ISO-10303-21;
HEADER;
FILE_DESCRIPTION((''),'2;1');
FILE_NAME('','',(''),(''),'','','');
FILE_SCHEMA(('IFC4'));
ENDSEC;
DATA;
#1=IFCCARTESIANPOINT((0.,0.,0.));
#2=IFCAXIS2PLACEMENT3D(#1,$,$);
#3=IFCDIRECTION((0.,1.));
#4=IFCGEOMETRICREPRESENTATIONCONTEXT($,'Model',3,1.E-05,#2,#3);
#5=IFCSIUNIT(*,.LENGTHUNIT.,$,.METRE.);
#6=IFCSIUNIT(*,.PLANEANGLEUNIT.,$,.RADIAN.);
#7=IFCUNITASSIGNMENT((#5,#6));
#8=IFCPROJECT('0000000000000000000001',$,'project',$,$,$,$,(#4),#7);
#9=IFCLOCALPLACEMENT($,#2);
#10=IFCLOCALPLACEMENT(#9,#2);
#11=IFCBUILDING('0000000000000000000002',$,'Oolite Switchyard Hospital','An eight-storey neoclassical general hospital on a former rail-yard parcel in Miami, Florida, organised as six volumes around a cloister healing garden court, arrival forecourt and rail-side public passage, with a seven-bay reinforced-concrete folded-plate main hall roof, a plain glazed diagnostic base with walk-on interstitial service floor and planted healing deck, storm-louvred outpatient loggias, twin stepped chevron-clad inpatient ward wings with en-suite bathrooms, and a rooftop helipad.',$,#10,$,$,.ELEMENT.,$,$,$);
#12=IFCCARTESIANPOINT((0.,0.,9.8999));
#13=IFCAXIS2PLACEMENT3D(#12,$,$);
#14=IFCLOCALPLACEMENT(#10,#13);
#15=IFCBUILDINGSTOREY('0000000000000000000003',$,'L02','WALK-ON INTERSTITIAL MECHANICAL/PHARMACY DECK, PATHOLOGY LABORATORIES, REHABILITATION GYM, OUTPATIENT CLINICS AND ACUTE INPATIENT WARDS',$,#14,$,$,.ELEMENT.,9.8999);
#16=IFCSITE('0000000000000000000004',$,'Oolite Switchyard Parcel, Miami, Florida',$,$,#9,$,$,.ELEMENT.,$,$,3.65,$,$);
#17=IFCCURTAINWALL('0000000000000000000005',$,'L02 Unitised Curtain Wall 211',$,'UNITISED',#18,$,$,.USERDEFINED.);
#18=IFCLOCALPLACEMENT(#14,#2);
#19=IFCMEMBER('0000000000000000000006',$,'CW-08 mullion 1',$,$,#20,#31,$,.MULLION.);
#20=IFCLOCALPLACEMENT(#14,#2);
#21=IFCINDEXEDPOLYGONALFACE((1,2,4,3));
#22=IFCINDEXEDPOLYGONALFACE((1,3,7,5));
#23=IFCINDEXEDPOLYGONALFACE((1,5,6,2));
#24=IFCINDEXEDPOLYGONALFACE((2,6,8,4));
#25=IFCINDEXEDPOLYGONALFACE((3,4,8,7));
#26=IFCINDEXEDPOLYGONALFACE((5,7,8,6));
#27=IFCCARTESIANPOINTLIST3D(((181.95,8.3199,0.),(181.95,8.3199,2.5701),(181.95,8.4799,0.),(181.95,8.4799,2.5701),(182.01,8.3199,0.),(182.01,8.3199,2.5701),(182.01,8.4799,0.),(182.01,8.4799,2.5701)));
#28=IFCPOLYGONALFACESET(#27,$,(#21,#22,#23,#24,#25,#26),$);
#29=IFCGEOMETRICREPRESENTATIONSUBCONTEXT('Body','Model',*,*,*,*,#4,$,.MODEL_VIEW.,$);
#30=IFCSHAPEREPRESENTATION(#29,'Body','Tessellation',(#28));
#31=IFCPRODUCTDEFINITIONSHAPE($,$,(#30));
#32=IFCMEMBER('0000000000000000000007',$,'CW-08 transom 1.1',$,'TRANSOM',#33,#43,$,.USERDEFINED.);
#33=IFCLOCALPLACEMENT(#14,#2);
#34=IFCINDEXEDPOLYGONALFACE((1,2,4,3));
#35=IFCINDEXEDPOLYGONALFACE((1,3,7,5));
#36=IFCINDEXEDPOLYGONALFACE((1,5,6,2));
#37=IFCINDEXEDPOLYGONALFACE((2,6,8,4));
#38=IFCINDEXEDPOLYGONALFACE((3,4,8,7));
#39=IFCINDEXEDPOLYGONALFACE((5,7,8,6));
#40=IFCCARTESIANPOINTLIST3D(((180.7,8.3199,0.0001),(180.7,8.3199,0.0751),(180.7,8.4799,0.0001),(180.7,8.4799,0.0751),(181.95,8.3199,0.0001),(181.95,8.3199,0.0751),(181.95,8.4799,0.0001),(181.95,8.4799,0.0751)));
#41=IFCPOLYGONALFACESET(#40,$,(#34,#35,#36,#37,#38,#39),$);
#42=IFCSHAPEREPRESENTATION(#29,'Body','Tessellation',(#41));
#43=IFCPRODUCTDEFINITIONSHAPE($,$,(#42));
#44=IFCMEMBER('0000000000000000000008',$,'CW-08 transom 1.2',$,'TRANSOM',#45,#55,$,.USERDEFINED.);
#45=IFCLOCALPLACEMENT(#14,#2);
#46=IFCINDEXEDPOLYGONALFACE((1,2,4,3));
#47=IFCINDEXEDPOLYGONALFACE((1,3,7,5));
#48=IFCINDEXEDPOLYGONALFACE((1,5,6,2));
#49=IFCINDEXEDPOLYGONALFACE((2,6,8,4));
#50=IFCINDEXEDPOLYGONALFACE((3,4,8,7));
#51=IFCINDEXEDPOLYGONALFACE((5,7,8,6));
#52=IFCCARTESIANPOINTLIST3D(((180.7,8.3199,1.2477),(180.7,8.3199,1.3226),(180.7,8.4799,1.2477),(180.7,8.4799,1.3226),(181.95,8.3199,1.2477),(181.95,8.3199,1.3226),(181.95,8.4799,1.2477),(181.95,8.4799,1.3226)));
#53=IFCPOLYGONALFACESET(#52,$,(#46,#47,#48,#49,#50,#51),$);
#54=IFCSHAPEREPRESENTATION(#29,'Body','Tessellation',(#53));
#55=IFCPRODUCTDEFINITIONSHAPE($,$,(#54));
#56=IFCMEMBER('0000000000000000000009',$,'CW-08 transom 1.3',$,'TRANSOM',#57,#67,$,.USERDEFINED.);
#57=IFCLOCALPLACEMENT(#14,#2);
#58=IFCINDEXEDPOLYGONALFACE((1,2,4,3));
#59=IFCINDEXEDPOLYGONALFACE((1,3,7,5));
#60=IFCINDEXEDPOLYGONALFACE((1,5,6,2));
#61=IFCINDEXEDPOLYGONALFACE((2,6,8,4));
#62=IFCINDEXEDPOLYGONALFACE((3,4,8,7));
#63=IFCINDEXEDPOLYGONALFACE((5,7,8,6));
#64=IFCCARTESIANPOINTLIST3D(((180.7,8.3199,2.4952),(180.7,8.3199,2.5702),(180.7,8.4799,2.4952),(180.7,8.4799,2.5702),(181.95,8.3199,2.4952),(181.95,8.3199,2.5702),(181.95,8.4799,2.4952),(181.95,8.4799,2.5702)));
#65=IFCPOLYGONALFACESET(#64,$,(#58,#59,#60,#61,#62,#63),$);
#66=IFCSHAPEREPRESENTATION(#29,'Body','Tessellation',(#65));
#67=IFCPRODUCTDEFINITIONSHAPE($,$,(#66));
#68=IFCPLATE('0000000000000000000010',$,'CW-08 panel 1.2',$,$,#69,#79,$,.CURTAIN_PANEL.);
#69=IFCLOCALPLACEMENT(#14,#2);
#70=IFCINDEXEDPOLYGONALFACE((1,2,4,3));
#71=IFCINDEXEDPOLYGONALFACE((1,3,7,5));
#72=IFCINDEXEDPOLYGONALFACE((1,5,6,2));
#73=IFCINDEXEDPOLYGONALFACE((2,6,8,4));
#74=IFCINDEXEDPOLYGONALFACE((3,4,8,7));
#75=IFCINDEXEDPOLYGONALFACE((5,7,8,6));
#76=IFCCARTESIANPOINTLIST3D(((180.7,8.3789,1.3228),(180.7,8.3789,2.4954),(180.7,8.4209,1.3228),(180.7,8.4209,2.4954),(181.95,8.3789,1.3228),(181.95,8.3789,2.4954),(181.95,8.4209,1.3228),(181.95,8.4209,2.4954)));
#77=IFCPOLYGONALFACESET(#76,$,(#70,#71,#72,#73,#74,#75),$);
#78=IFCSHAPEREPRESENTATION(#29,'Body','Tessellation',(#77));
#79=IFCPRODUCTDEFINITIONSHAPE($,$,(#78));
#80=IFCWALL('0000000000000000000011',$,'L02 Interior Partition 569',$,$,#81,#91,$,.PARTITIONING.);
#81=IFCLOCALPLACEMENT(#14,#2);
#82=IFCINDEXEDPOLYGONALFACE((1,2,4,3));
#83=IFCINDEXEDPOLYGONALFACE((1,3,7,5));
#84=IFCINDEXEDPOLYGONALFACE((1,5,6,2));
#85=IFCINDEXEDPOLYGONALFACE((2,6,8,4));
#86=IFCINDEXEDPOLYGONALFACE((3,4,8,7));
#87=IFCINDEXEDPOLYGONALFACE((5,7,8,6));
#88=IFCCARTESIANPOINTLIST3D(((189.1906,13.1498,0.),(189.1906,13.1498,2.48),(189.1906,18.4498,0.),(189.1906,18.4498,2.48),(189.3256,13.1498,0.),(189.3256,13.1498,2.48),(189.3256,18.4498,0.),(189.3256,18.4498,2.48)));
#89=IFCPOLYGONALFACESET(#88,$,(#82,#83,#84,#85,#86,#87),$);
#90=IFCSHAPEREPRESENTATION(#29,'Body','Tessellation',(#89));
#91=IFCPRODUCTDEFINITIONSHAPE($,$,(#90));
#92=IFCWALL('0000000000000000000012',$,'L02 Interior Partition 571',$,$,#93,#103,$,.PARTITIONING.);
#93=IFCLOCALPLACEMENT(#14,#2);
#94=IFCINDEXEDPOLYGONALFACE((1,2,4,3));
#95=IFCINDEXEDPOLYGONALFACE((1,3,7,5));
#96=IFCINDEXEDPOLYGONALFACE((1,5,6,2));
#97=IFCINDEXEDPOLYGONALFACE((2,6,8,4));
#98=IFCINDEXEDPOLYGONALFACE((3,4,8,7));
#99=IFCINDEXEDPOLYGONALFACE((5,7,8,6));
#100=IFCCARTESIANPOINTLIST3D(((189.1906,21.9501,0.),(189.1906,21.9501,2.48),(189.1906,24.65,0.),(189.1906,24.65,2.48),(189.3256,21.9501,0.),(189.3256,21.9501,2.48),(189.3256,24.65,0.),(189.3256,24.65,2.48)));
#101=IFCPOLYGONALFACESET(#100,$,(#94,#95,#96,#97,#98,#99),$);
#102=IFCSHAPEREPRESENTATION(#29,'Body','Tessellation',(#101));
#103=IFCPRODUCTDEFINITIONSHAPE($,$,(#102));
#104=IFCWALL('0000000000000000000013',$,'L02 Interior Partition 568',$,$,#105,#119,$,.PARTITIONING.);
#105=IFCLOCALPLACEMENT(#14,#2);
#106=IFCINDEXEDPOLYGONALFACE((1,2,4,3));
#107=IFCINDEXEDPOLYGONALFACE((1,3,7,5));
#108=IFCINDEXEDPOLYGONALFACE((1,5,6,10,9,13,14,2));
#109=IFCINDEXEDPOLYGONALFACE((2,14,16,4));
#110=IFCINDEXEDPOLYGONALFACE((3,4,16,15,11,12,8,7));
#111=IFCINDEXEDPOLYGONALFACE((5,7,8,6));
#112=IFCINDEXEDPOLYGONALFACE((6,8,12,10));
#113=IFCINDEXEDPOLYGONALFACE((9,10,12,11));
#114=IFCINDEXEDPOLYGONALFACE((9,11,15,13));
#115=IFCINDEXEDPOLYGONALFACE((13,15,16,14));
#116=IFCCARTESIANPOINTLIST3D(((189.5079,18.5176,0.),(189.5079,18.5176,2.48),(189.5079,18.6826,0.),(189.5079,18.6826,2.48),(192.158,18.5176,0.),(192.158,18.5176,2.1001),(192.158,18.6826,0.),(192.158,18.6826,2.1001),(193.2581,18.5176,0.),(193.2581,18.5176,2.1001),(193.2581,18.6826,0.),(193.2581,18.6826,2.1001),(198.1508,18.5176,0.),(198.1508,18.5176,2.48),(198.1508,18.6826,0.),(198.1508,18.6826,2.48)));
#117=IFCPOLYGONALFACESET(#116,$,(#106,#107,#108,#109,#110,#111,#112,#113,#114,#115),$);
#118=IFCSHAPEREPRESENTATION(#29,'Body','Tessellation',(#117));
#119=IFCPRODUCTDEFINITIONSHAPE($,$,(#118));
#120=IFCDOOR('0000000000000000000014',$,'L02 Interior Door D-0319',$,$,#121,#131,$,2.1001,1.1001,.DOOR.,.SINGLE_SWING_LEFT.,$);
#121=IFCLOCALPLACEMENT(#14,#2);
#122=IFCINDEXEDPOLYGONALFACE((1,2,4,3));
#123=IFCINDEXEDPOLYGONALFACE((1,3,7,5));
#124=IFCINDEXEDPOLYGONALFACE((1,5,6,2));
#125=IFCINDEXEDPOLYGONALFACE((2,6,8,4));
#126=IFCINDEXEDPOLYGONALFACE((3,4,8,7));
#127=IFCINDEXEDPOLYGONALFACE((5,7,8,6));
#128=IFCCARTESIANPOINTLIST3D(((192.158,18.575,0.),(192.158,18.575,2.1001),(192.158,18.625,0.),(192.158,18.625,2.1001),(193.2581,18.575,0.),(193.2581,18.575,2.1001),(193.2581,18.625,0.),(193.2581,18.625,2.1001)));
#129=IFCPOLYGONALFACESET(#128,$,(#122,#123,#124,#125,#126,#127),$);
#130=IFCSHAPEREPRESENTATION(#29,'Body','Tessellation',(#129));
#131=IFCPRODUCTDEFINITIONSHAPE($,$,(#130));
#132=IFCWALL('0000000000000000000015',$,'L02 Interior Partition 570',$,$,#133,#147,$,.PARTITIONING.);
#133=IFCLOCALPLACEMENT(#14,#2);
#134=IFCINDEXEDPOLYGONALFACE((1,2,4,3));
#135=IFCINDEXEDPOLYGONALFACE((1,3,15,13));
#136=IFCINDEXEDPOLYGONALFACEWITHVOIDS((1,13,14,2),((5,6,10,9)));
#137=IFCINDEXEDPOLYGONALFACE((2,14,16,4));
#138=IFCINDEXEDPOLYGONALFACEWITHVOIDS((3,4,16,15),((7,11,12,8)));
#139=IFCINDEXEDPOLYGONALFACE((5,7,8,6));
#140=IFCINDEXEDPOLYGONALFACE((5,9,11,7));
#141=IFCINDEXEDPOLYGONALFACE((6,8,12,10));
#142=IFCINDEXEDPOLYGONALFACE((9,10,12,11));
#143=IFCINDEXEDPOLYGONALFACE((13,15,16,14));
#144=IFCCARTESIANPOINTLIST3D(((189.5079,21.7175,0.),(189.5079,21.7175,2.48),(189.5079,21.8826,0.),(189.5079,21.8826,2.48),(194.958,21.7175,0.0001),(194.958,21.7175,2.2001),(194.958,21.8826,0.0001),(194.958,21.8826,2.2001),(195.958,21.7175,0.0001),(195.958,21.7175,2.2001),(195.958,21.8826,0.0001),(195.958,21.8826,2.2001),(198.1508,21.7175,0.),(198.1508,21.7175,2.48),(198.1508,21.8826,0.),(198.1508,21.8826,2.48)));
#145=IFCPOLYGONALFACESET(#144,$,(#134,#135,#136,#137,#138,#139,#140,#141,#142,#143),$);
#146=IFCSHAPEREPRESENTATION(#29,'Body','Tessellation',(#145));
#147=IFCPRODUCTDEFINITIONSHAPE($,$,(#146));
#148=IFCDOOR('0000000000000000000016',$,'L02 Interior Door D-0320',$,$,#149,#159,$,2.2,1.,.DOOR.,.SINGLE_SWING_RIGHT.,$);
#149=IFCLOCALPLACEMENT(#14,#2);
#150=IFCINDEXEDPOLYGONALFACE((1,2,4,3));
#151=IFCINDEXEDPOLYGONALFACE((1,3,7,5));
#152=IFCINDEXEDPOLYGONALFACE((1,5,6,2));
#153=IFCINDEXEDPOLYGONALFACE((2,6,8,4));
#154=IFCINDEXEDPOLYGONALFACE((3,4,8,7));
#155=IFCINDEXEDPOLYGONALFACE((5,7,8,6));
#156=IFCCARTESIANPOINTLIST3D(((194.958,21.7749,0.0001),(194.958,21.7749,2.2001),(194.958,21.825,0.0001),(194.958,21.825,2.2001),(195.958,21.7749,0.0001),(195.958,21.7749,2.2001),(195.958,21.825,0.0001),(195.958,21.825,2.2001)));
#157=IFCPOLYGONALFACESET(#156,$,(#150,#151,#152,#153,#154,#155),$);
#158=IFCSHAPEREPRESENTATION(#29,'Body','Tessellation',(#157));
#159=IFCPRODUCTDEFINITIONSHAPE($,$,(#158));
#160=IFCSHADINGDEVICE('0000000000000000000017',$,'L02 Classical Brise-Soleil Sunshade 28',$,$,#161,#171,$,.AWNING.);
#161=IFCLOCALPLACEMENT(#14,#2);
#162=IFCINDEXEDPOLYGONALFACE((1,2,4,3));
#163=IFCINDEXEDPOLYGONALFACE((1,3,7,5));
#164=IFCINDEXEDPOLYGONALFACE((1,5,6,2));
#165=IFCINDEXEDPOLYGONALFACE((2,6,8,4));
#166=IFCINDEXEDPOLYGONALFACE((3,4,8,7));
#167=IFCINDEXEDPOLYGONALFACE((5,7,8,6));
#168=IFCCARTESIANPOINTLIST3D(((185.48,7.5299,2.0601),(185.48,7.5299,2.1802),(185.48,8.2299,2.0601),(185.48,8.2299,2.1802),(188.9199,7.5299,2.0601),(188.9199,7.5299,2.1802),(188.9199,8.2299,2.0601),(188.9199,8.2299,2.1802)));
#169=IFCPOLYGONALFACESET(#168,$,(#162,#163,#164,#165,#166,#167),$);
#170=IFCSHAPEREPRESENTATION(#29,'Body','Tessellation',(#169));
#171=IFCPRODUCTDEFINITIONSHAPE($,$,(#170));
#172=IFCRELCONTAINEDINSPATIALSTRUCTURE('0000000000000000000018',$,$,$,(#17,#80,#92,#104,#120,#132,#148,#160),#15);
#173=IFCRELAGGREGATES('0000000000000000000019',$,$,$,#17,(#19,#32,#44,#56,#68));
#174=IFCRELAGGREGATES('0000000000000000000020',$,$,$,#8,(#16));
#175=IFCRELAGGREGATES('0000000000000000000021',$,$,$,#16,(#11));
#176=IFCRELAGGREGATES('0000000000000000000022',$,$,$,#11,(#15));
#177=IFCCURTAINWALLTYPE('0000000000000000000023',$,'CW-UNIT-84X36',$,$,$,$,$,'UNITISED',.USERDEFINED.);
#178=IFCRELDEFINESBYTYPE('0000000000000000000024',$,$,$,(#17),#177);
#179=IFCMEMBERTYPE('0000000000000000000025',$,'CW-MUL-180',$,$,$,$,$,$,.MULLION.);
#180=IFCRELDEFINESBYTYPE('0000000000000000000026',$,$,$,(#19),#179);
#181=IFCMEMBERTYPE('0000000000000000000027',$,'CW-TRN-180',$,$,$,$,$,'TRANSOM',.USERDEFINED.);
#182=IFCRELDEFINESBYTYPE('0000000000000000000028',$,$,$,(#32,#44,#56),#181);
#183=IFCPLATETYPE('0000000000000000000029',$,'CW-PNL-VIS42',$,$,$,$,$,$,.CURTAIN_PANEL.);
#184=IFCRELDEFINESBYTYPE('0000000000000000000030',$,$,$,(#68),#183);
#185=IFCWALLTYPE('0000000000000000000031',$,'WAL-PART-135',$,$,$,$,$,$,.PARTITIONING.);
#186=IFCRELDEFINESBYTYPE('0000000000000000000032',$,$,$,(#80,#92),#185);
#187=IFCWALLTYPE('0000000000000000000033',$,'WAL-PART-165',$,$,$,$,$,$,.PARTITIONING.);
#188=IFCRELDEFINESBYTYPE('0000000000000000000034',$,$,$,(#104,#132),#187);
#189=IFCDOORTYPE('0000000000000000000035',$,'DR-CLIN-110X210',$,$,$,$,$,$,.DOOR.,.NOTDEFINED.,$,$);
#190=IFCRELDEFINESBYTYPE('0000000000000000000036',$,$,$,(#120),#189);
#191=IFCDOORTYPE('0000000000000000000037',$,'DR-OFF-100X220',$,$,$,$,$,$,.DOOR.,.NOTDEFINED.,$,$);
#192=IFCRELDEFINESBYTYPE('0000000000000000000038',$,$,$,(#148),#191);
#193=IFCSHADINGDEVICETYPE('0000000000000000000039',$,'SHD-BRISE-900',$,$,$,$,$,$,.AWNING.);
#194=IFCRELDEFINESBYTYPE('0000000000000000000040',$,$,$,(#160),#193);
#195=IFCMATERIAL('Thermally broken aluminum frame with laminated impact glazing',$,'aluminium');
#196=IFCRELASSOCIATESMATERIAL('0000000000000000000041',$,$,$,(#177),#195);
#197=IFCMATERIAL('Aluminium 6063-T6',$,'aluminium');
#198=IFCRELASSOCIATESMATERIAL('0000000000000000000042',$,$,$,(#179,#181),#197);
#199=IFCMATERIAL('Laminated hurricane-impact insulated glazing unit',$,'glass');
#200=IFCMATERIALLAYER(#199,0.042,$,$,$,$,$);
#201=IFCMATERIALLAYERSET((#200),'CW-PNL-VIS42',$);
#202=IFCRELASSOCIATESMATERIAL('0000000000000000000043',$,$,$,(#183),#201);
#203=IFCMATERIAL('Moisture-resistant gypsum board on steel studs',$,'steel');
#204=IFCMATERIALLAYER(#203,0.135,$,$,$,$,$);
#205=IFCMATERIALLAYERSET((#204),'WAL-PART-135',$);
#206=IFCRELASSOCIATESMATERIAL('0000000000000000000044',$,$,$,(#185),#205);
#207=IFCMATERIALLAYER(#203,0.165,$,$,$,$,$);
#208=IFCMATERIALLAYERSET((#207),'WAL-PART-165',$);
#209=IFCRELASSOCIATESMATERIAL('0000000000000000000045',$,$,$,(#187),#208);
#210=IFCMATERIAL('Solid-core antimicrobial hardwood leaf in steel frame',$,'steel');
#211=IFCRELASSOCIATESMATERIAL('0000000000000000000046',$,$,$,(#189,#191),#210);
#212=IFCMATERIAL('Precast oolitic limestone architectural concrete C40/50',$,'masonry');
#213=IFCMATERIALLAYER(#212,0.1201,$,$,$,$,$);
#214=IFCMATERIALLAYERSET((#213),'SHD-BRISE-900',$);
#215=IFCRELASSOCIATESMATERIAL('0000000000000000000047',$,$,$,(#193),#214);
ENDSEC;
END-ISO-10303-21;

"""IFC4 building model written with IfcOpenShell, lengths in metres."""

from ifc_helpers import new_model, si_unit, direction, frame, frame_2d, origin, origin_2d, place, context, subcontext, project, spatial, rectangle, extrude, material, layer, layer_set, material_profile, profile_set, type_object, element, fill, aggregate, save


model = new_model("IFC4")

# Units and contexts
model_context = context("Model", 3, precision=1e-05, world=origin(), true_north=direction((0.0, 1.0)))
body_context = subcontext(model_context, "Body", "Model", "MODEL_VIEW")
ifc_project = project(units=[si_unit("LENGTHUNIT", "METRE"), si_unit("PLANEANGLEUNIT", "RADIAN")], contexts=[model_context])

# Site, building, storey
site_placement = place(None, origin())
site = spatial("IfcSite", under=ifc_project, at=site_placement, Name="Oolite Switchyard Parcel, Miami, Florida", CompositionType="ELEMENT", RefElevation=3.65)
building_placement = place(site_placement, origin())
building = spatial("IfcBuilding", under=site, at=building_placement, Name="Oolite Switchyard Hospital", Description="An eight-storey neoclassical general hospital on a former rail-yard parcel in Miami, Florida, organised as six volumes around a cloister healing garden court, arrival forecourt and rail-side public passage, with a seven-bay reinforced-concrete folded-plate main hall roof, a plain glazed diagnostic base with walk-on interstitial service floor and planted healing deck, storm-louvred outpatient loggias, twin stepped chevron-clad inpatient ward wings with en-suite bathrooms, and a rooftop helipad.", CompositionType="ELEMENT")
storey_placement = place(building_placement, frame((0.0, 0.0, 9.8999)))
storey = spatial("IfcBuildingStorey", under=building, at=storey_placement, Name="L02", Description="WALK-ON INTERSTITIAL MECHANICAL/PHARMACY DECK, PATHOLOGY LABORATORIES, REHABILITATION GYM, OUTPATIENT CLINICS AND ACUTE INPATIENT WARDS", CompositionType="ELEMENT", Elevation=9.8999)

# Curtain wall, members, plate
ifc_material_1 = material(Name="Thermally broken aluminum frame with laminated impact glazing", Category="aluminium")
curtain_wall_type = type_object("IfcCurtainWallType", Name="CW-UNIT-84X36", ElementType="UNITISED", PredefinedType="USERDEFINED", material=ifc_material_1)
curtain_wall_placement = place(storey_placement, origin())
curtain_wall = element("IfcCurtainWall", 1, at=curtain_wall_placement, inside=storey, type_object=curtain_wall_type, Name="L02 Unitised Curtain Wall 211", ObjectType="UNITISED", PredefinedType="USERDEFINED")
ifc_material_2 = material(Name="Aluminium 6063-T6", Category="aluminium")
ifc_material_profile_1 = material_profile(ifc_material_2, rectangle(XDim=0.1599, YDim=0.0601, at=origin_2d()), Name="CWM60X160")
ifc_profile_set_1 = profile_set([ifc_material_profile_1], Name="Aluminium 6063-T6")
member_type_1 = type_object("IfcMemberType", Name="CW-MUL-180", PredefinedType="MULLION", material=ifc_profile_set_1)
member_1_placement = place(storey_placement, frame((181.98, 8.3999, 0.0), z_axis=(0.0, 0.0, 1.0), x_axis=(0.0, -1.0, 0.0)))
member_1 = element("IfcMember", 2, at=member_1_placement, type_object=member_type_1, Name="CW-08 mullion 1", PredefinedType="MULLION", context=body_context, shape_type="SweptSolid", body=[
    extrude(rectangle(XDim=0.1599, YDim=0.0601, at=origin_2d()), origin(), (0.0, 0.0, 1.0), 2.5701),
])
ifc_material_profile_2 = material_profile(ifc_material_2, rectangle(XDim=0.1599, YDim=0.075, at=origin_2d()), Name="CWT75X160")
ifc_profile_set_2 = profile_set([ifc_material_profile_2], Name="Aluminium 6063-T6")
member_type_2 = type_object("IfcMemberType", Name="CW-TRN-180", ElementType="TRANSOM", PredefinedType="USERDEFINED", material=ifc_profile_set_2)
member_2_placement = place(storey_placement, frame((181.95, 8.3999, 0.0376), z_axis=(-1.0, 0.0, 0.0), x_axis=(0.0, -1.0, 0.0)))
member_2 = element("IfcMember", 3, at=member_2_placement, type_object=member_type_2, Name="CW-08 transom 1.1", ObjectType="TRANSOM", PredefinedType="USERDEFINED", context=body_context, shape_type="SweptSolid", body=[
    extrude(rectangle(XDim=0.1599, YDim=0.075, at=origin_2d()), origin(), (0.0, 0.0, 1.0), 1.25),
])
member_3_placement = place(storey_placement, frame((181.95, 8.3999, 1.2852), z_axis=(-1.0, 0.0, 0.0), x_axis=(0.0, -1.0, 0.0)))
member_3 = element("IfcMember", 4, at=member_3_placement, type_object=member_type_2, Name="CW-08 transom 1.2", ObjectType="TRANSOM", PredefinedType="USERDEFINED", context=body_context, shape_type="SweptSolid", body=[
    extrude(rectangle(XDim=0.1599, YDim=0.075, at=origin_2d()), origin(), (0.0, 0.0, 1.0), 1.25),
])
member_4_placement = place(storey_placement, frame((181.95, 8.3999, 2.5327), z_axis=(-1.0, 0.0, 0.0), x_axis=(0.0, -1.0, 0.0)))
member_4 = element("IfcMember", 5, at=member_4_placement, type_object=member_type_2, Name="CW-08 transom 1.3", ObjectType="TRANSOM", PredefinedType="USERDEFINED", context=body_context, shape_type="SweptSolid", body=[
    extrude(rectangle(XDim=0.1599, YDim=0.075, at=origin_2d()), origin(), (0.0, 0.0, 1.0), 1.25),
])
ifc_material_3 = material(Name="Laminated hurricane-impact insulated glazing unit", Category="glass")
ifc_layer_1 = layer(ifc_material_3, 0.042)
ifc_layer_set_1 = layer_set([ifc_layer_1], Name="CW-PNL-VIS42")
plate_type = type_object("IfcPlateType", Name="CW-PNL-VIS42", PredefinedType="CURTAIN_PANEL", material=ifc_layer_set_1)
plate_placement = place(storey_placement, frame((181.325, 8.3999, 1.3228), z_axis=(0.0, 0.0, 1.0), x_axis=(-1.0, 0.0, 0.0)))
plate = element("IfcPlate", 6, at=plate_placement, type_object=plate_type, Name="CW-08 panel 1.2", PredefinedType="CURTAIN_PANEL", context=body_context, shape_type="SweptSolid", body=[
    extrude(rectangle(XDim=1.25, YDim=0.042, at=origin_2d()), origin(), (0.0, 0.0, 1.0), 1.1726),
])
aggregate(curtain_wall, [member_1, member_2, member_3, member_4, plate])

# Walls
ifc_material_4 = material(Name="Moisture-resistant gypsum board on steel studs", Category="steel")
ifc_layer_2 = layer(ifc_material_4, 0.135)
ifc_layer_set_2 = layer_set([ifc_layer_2], Name="WAL-PART-135")
wall_type_1 = type_object("IfcWallType", Name="WAL-PART-135", PredefinedType="PARTITIONING", material=ifc_layer_set_2)
wall_1_placement = place(storey_placement, frame((189.2581, 13.1499, 0.0), z_axis=(0.0, 0.0, 1.0), x_axis=(0.0, 1.0, 0.0)))
element("IfcWall", 7, at=wall_1_placement, inside=storey, type_object=wall_type_1, Name="L02 Interior Partition 569", PredefinedType="PARTITIONING", context=body_context, shape_type="SweptSolid", body=[
    extrude(rectangle(XDim=5.3, YDim=0.135, at=frame_2d((2.6499, 0.0))), origin(), (0.0, 0.0, 1.0), 2.48),
])
wall_2_placement = place(storey_placement, frame((189.2581, 21.95, 0.0), z_axis=(0.0, 0.0, 1.0), x_axis=(0.0, 1.0, 0.0)))
element("IfcWall", 8, at=wall_2_placement, inside=storey, type_object=wall_type_1, Name="L02 Interior Partition 571", PredefinedType="PARTITIONING", context=body_context, shape_type="SweptSolid", body=[
    extrude(rectangle(XDim=2.7, YDim=0.135, at=frame_2d((1.3501, 0.0))), origin(), (0.0, 0.0, 1.0), 2.48),
])

# Walls, openings, doors
ifc_layer_3 = layer(ifc_material_4, 0.165)
ifc_layer_set_3 = layer_set([ifc_layer_3], Name="WAL-PART-165")
wall_type_2 = type_object("IfcWallType", Name="WAL-PART-165", PredefinedType="PARTITIONING", material=ifc_layer_set_3)
wall_3_placement = place(storey_placement, frame((189.5081, 18.6001, 0.0), z_axis=(0.0, 0.0, 1.0), x_axis=(1.0, 0.0, 0.0)))
wall_3 = element("IfcWall", 9, at=wall_3_placement, inside=storey, type_object=wall_type_2, Name="L02 Interior Partition 568", PredefinedType="PARTITIONING", context=body_context, shape_type="SweptSolid", body=[
    extrude(rectangle(XDim=8.6428, YDim=0.165, at=frame_2d((4.3213, 0.0))), origin(), (0.0, 0.0, 1.0), 2.48),
])
opening_1_placement = place(wall_3_placement, frame((2.6499, 0.0, 0.0)))
opening_1 = element("IfcOpeningElement", 10, at=opening_1_placement, cuts=wall_3, PredefinedType="OPENING", context=body_context, shape_type="SweptSolid", body=[
    extrude(rectangle(XDim=1.1001, YDim=2.1001, at=frame_2d((0.55, 1.05))), frame((0.0, 0.0925, 0.0), z_axis=(0.0, -1.0, 0.0), x_axis=(1.0, 0.0, 0.0)), (0.0, 0.0, 1.0), 0.1851),
])
ifc_material_5 = material(Name="Solid-core antimicrobial hardwood leaf in steel frame", Category="steel")
door_type_1 = type_object("IfcDoorType", Name="DR-CLIN-110X210", OperationType="NOTDEFINED", PredefinedType="DOOR", material=ifc_material_5)
door_1_placement = place(opening_1_placement, origin())
door_1 = element("IfcDoor", 11, at=door_1_placement, inside=storey, type_object=door_type_1, Name="L02 Interior Door D-0319", OperationType="SINGLE_SWING_LEFT", OverallHeight=2.1001, OverallWidth=1.1001, PredefinedType="DOOR", context=body_context, shape_type="SweptSolid", body=[
    extrude(rectangle(XDim=1.1001, YDim=2.1001, at=frame_2d((0.55, 1.05))), frame((0.0, 0.0249, 0.0), z_axis=(0.0, -1.0, 0.0), x_axis=(1.0, 0.0, 0.0)), (0.0, 0.0, 1.0), 0.05),
])
fill(opening_1, door_1)
wall_4_placement = place(storey_placement, frame((189.5081, 21.8, 0.0), z_axis=(0.0, 0.0, 1.0), x_axis=(1.0, 0.0, 0.0)))
wall_4 = element("IfcWall", 12, at=wall_4_placement, inside=storey, type_object=wall_type_2, Name="L02 Interior Partition 570", PredefinedType="PARTITIONING", context=body_context, shape_type="SweptSolid", body=[
    extrude(rectangle(XDim=8.6428, YDim=0.165, at=frame_2d((4.3213, 0.0))), origin(), (0.0, 0.0, 1.0), 2.48),
])
opening_2_placement = place(wall_4_placement, frame((5.45, 0.0, 0.0)))
opening_2 = element("IfcOpeningElement", 13, at=opening_2_placement, cuts=wall_4, PredefinedType="OPENING", context=body_context, shape_type="SweptSolid", body=[
    extrude(rectangle(XDim=1.0, YDim=2.2, at=frame_2d((0.5, 1.1001))), frame((0.0, 0.0925, 0.0), z_axis=(0.0, -1.0, 0.0), x_axis=(1.0, 0.0, 0.0)), (0.0, 0.0, 1.0), 0.1851),
])
door_type_2 = type_object("IfcDoorType", Name="DR-OFF-100X220", OperationType="NOTDEFINED", PredefinedType="DOOR", material=ifc_material_5)
door_2_placement = place(opening_2_placement, origin())
door_2 = element("IfcDoor", 14, at=door_2_placement, inside=storey, type_object=door_type_2, Name="L02 Interior Door D-0320", OperationType="SINGLE_SWING_RIGHT", OverallHeight=2.2, OverallWidth=1.0, PredefinedType="DOOR", context=body_context, shape_type="SweptSolid", body=[
    extrude(rectangle(XDim=1.0, YDim=2.2, at=frame_2d((0.5, 1.1001))), frame((0.0, 0.0249, 0.0), z_axis=(0.0, -1.0, 0.0), x_axis=(1.0, 0.0, 0.0)), (0.0, 0.0, 1.0), 0.05),
])
fill(opening_2, door_2)

# Shading device
ifc_material_6 = material(Name="Precast oolitic limestone architectural concrete C40/50", Category="masonry")
ifc_layer_4 = layer(ifc_material_6, 0.1201)
ifc_layer_set_4 = layer_set([ifc_layer_4], Name="SHD-BRISE-900")
shading_device_type = type_object("IfcShadingDeviceType", Name="SHD-BRISE-900", PredefinedType="AWNING", material=ifc_layer_set_4)
shading_device_placement = place(storey_placement, frame((187.2, 7.8799, 2.0601), z_axis=(0.0, 0.0, 1.0), x_axis=(1.0, 0.0, 0.0)))
element("IfcShadingDevice", 15, at=shading_device_placement, inside=storey, type_object=shading_device_type, Name="L02 Classical Brise-Soleil Sunshade 28", PredefinedType="AWNING", context=body_context, shape_type="SweptSolid", body=[
    extrude(rectangle(XDim=3.4399, YDim=0.7, at=origin_2d()), origin(), (0.0, 0.0, 1.0), 0.1201),
])

save(model, "model.ifc")
